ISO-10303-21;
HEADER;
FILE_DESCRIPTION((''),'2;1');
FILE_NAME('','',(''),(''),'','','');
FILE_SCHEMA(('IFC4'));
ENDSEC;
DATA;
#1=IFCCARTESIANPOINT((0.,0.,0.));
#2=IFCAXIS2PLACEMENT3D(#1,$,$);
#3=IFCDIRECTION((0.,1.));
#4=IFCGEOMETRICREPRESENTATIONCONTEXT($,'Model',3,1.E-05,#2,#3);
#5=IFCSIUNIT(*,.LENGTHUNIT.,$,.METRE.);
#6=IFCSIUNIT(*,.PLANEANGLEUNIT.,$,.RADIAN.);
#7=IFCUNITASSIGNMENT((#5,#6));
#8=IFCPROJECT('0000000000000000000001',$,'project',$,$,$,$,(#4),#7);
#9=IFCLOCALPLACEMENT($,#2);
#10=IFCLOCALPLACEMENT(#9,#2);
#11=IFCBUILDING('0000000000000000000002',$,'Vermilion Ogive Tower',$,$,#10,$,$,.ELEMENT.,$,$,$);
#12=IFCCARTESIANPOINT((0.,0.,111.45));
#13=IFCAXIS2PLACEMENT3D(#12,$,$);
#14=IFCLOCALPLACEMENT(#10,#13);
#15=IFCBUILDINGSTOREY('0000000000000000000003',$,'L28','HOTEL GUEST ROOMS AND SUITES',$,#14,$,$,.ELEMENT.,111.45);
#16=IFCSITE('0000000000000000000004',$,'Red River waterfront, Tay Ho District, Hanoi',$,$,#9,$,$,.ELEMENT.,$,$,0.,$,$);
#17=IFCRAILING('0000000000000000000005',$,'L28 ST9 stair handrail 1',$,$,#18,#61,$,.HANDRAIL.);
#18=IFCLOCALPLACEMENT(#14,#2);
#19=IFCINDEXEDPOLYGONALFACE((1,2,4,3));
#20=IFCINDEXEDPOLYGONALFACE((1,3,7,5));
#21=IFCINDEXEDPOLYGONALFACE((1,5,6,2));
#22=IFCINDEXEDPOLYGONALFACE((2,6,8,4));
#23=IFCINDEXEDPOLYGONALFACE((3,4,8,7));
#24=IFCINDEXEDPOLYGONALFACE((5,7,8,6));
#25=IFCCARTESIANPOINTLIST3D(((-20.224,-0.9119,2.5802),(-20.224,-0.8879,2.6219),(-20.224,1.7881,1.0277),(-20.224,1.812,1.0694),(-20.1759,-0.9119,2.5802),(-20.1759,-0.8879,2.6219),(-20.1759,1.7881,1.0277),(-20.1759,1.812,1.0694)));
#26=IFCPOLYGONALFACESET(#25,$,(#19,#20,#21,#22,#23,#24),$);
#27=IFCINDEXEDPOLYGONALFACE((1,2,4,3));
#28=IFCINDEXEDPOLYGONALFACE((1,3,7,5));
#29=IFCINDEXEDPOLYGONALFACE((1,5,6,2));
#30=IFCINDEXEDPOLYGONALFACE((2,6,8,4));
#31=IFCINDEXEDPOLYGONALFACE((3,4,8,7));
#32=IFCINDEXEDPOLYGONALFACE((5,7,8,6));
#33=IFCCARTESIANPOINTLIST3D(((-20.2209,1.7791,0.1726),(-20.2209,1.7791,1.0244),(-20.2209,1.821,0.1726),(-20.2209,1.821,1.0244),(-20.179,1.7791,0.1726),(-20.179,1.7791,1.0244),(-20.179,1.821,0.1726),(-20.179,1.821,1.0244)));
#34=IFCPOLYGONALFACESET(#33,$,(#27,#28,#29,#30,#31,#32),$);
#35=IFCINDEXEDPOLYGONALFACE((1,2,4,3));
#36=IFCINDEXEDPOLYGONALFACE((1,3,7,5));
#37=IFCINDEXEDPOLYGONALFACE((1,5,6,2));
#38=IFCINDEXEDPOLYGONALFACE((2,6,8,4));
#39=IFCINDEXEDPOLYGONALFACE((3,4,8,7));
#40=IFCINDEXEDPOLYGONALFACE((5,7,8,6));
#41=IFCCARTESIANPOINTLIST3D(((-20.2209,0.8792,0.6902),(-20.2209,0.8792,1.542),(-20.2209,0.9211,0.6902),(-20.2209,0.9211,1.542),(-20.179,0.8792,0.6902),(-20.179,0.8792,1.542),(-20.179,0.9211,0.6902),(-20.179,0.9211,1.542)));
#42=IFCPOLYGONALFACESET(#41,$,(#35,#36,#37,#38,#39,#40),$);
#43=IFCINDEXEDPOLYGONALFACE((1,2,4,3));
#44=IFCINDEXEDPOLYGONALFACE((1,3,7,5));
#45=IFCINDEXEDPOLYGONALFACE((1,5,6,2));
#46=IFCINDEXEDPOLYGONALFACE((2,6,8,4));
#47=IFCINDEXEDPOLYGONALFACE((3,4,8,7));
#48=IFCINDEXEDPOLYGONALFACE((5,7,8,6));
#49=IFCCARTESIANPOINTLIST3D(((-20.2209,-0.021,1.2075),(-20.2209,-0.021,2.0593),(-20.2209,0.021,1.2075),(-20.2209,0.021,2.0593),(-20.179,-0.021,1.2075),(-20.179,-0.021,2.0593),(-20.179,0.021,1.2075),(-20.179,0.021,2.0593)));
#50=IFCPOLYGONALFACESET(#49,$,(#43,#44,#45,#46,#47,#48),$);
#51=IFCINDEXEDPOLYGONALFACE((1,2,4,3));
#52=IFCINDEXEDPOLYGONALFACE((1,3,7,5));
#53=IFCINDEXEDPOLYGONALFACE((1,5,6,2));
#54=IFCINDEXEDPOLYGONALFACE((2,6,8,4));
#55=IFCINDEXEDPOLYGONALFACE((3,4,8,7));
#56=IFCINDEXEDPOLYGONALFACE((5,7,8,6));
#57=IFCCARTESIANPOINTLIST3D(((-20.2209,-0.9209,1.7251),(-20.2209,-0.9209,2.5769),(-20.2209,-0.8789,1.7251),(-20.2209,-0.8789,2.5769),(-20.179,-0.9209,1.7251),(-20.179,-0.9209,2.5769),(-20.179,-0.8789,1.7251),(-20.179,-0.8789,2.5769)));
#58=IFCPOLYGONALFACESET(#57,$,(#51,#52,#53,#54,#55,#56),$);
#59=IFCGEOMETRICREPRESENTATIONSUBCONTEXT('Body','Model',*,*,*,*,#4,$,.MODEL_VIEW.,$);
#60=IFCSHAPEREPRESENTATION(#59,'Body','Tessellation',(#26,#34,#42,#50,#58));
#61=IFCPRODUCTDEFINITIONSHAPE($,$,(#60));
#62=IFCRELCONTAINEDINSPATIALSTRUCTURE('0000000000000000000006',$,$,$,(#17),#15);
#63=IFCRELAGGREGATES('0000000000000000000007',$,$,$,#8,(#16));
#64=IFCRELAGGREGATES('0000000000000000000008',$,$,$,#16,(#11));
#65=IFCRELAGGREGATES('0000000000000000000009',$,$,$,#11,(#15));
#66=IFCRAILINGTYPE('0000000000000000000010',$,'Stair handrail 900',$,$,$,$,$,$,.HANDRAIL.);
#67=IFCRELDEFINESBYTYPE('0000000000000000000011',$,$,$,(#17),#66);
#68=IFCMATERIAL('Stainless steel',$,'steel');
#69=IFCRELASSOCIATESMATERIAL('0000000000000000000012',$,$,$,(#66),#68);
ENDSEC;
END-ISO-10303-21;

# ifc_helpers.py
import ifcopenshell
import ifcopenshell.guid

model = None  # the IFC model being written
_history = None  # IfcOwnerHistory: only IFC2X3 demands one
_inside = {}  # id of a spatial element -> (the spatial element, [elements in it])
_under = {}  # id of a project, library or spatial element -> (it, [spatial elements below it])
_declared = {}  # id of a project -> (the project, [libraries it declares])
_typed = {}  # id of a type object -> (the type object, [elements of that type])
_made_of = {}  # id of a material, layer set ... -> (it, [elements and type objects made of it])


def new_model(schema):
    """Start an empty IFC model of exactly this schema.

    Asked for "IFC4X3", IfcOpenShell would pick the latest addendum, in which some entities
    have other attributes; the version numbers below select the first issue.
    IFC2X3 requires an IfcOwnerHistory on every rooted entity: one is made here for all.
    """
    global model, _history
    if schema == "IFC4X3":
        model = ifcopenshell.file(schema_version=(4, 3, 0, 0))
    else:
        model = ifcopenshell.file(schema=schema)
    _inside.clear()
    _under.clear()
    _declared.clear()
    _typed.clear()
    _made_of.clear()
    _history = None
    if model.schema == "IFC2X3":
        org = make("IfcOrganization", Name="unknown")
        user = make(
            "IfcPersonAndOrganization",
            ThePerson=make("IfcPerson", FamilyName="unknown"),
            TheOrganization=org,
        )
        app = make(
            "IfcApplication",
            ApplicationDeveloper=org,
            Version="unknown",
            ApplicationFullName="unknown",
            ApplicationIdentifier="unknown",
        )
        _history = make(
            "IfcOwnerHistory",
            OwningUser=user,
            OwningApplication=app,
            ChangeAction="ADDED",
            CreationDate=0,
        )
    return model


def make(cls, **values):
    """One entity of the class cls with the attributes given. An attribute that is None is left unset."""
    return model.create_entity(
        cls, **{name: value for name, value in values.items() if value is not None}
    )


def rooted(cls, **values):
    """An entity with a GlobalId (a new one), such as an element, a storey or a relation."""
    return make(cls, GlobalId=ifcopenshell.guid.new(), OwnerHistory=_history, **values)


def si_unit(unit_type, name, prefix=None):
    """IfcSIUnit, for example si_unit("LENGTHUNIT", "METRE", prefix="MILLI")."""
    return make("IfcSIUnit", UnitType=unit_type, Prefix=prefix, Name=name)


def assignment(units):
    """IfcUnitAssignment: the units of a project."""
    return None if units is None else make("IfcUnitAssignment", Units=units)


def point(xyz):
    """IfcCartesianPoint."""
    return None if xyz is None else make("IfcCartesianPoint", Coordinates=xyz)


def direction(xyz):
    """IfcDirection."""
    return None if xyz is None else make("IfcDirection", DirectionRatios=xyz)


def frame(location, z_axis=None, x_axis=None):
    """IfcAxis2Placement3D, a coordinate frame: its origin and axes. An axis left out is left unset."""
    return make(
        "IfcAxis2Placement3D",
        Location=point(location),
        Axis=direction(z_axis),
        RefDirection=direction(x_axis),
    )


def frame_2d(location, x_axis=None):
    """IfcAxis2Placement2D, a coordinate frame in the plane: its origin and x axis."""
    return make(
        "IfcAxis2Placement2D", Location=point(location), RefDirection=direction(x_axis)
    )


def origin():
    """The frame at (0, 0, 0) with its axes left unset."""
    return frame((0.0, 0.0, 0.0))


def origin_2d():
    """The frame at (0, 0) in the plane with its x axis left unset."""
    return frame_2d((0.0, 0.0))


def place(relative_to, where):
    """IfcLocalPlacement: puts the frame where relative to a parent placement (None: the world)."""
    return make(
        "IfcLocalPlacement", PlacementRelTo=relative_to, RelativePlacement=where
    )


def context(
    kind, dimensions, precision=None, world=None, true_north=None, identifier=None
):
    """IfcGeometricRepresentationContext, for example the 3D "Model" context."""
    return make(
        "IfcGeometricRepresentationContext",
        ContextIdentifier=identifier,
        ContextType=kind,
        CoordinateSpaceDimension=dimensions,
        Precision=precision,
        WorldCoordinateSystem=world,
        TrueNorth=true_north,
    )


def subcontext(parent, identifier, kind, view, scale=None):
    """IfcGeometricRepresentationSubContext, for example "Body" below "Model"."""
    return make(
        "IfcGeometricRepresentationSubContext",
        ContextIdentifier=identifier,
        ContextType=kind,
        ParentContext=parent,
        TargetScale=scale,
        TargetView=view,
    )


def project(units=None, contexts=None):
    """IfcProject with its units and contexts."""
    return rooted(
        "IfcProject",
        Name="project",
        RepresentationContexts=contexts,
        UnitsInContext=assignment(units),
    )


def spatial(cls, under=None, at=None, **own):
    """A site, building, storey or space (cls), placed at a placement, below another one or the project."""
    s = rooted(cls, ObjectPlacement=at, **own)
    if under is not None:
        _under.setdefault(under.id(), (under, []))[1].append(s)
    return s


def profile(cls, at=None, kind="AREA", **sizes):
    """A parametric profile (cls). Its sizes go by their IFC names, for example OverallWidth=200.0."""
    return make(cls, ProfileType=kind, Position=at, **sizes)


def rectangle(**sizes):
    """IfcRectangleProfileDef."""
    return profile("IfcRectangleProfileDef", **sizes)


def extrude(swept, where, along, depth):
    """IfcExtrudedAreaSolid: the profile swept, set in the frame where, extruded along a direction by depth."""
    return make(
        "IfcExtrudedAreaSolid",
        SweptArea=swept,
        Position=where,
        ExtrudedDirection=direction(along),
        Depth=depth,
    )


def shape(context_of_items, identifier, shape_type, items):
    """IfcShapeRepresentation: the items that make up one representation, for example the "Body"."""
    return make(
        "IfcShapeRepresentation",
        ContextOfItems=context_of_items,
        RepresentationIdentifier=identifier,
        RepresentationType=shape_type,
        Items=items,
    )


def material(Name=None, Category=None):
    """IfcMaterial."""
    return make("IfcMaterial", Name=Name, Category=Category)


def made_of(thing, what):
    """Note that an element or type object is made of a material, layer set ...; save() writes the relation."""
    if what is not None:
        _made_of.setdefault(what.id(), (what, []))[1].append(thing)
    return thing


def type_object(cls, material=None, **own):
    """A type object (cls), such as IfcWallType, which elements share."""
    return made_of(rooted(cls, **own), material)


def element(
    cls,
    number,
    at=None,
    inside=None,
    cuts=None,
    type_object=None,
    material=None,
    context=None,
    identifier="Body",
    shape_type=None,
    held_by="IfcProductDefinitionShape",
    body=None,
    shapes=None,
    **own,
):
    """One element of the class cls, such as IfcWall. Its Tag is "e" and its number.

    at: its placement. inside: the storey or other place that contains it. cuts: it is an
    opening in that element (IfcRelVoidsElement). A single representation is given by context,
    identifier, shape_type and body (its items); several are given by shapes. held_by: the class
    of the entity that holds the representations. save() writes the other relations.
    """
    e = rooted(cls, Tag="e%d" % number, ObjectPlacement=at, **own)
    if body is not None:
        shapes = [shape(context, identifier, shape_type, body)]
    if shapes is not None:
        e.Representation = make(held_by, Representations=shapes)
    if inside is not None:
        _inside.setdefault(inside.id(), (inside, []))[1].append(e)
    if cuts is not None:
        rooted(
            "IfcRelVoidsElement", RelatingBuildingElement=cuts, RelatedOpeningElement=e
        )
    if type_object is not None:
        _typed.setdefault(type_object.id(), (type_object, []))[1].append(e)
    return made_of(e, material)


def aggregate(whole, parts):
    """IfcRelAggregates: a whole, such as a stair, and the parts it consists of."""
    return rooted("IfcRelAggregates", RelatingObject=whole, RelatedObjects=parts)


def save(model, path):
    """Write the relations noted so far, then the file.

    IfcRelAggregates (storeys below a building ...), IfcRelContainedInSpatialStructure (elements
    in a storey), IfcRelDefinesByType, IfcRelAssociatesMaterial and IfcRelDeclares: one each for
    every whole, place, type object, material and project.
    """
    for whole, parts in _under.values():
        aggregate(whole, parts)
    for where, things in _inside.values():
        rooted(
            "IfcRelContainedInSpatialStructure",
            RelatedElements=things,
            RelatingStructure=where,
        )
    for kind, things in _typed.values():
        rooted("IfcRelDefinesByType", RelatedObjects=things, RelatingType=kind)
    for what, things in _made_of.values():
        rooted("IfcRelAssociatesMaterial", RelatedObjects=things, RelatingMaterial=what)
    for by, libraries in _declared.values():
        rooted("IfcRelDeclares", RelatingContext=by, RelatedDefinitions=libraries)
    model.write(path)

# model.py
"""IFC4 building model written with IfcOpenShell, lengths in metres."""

from ifc_helpers import new_model, si_unit, direction, frame, origin, origin_2d, place, context, subcontext, project, spatial, rectangle, extrude, material, type_object, element, save


model = new_model("IFC4")

# Units and contexts
model_context = context("Model", 3, precision=1e-05, world=origin(), true_north=direction((0.0, 1.0)))
body_context = subcontext(model_context, "Body", "Model", "MODEL_VIEW")
ifc_project = project(units=[si_unit("LENGTHUNIT", "METRE"), si_unit("PLANEANGLEUNIT", "RADIAN")], contexts=[model_context])

# Site, building, storey
site_placement = place(None, origin())
site = spatial("IfcSite", under=ifc_project, at=site_placement, Name="Red River waterfront, Tay Ho District, Hanoi", CompositionType="ELEMENT", RefElevation=0.0)
building_placement = place(site_placement, origin())
building = spatial("IfcBuilding", under=site, at=building_placement, Name="Vermilion Ogive Tower", CompositionType="ELEMENT")
storey_placement = place(building_placement, frame((0.0, 0.0, 111.45)))
storey = spatial("IfcBuildingStorey", under=building, at=storey_placement, Name="L28", Description="HOTEL GUEST ROOMS AND SUITES", CompositionType="ELEMENT", Elevation=111.45)

# Railing
ifc_material_1 = material(Name="Stainless steel", Category="steel")
railing_type_1 = type_object("IfcRailingType", Name="Stair handrail 900", PredefinedType="HANDRAIL", material=ifc_material_1)
railing_1_placement = place(storey_placement, frame((-20.2, 1.8, 0.1726)))
element("IfcRailing", 1, at=railing_1_placement, inside=storey, type_object=railing_type_1, Name="L28 ST9 stair handrail 1", PredefinedType="HANDRAIL", context=body_context, shape_type="SweptSolid", body=[
    extrude(rectangle(XDim=0.0481, YDim=0.0481, at=origin_2d()), frame((0.0, 0.0, 0.876), z_axis=(0.0, -0.866904, 0.498476), x_axis=(1.0, 0.0, 0.0)), (0.0, 0.0, 1.0), 3.1145),
    extrude(rectangle(XDim=0.042, YDim=0.042, at=origin_2d()), origin(), (0.0, 0.0, 1.0), 0.8518),
    extrude(rectangle(XDim=0.042, YDim=0.042, at=origin_2d()), frame((0.0, -0.8999, 0.5176)), (0.0, 0.0, 1.0), 0.8518),
    extrude(rectangle(XDim=0.042, YDim=0.042, at=origin_2d()), frame((0.0, -1.8, 1.0349)), (0.0, 0.0, 1.0), 0.8518),
    extrude(rectangle(XDim=0.042, YDim=0.042, at=origin_2d()), frame((0.0, -2.7, 1.5525)), (0.0, 0.0, 1.0), 0.8518),
])

save(model, "model.ifc")
